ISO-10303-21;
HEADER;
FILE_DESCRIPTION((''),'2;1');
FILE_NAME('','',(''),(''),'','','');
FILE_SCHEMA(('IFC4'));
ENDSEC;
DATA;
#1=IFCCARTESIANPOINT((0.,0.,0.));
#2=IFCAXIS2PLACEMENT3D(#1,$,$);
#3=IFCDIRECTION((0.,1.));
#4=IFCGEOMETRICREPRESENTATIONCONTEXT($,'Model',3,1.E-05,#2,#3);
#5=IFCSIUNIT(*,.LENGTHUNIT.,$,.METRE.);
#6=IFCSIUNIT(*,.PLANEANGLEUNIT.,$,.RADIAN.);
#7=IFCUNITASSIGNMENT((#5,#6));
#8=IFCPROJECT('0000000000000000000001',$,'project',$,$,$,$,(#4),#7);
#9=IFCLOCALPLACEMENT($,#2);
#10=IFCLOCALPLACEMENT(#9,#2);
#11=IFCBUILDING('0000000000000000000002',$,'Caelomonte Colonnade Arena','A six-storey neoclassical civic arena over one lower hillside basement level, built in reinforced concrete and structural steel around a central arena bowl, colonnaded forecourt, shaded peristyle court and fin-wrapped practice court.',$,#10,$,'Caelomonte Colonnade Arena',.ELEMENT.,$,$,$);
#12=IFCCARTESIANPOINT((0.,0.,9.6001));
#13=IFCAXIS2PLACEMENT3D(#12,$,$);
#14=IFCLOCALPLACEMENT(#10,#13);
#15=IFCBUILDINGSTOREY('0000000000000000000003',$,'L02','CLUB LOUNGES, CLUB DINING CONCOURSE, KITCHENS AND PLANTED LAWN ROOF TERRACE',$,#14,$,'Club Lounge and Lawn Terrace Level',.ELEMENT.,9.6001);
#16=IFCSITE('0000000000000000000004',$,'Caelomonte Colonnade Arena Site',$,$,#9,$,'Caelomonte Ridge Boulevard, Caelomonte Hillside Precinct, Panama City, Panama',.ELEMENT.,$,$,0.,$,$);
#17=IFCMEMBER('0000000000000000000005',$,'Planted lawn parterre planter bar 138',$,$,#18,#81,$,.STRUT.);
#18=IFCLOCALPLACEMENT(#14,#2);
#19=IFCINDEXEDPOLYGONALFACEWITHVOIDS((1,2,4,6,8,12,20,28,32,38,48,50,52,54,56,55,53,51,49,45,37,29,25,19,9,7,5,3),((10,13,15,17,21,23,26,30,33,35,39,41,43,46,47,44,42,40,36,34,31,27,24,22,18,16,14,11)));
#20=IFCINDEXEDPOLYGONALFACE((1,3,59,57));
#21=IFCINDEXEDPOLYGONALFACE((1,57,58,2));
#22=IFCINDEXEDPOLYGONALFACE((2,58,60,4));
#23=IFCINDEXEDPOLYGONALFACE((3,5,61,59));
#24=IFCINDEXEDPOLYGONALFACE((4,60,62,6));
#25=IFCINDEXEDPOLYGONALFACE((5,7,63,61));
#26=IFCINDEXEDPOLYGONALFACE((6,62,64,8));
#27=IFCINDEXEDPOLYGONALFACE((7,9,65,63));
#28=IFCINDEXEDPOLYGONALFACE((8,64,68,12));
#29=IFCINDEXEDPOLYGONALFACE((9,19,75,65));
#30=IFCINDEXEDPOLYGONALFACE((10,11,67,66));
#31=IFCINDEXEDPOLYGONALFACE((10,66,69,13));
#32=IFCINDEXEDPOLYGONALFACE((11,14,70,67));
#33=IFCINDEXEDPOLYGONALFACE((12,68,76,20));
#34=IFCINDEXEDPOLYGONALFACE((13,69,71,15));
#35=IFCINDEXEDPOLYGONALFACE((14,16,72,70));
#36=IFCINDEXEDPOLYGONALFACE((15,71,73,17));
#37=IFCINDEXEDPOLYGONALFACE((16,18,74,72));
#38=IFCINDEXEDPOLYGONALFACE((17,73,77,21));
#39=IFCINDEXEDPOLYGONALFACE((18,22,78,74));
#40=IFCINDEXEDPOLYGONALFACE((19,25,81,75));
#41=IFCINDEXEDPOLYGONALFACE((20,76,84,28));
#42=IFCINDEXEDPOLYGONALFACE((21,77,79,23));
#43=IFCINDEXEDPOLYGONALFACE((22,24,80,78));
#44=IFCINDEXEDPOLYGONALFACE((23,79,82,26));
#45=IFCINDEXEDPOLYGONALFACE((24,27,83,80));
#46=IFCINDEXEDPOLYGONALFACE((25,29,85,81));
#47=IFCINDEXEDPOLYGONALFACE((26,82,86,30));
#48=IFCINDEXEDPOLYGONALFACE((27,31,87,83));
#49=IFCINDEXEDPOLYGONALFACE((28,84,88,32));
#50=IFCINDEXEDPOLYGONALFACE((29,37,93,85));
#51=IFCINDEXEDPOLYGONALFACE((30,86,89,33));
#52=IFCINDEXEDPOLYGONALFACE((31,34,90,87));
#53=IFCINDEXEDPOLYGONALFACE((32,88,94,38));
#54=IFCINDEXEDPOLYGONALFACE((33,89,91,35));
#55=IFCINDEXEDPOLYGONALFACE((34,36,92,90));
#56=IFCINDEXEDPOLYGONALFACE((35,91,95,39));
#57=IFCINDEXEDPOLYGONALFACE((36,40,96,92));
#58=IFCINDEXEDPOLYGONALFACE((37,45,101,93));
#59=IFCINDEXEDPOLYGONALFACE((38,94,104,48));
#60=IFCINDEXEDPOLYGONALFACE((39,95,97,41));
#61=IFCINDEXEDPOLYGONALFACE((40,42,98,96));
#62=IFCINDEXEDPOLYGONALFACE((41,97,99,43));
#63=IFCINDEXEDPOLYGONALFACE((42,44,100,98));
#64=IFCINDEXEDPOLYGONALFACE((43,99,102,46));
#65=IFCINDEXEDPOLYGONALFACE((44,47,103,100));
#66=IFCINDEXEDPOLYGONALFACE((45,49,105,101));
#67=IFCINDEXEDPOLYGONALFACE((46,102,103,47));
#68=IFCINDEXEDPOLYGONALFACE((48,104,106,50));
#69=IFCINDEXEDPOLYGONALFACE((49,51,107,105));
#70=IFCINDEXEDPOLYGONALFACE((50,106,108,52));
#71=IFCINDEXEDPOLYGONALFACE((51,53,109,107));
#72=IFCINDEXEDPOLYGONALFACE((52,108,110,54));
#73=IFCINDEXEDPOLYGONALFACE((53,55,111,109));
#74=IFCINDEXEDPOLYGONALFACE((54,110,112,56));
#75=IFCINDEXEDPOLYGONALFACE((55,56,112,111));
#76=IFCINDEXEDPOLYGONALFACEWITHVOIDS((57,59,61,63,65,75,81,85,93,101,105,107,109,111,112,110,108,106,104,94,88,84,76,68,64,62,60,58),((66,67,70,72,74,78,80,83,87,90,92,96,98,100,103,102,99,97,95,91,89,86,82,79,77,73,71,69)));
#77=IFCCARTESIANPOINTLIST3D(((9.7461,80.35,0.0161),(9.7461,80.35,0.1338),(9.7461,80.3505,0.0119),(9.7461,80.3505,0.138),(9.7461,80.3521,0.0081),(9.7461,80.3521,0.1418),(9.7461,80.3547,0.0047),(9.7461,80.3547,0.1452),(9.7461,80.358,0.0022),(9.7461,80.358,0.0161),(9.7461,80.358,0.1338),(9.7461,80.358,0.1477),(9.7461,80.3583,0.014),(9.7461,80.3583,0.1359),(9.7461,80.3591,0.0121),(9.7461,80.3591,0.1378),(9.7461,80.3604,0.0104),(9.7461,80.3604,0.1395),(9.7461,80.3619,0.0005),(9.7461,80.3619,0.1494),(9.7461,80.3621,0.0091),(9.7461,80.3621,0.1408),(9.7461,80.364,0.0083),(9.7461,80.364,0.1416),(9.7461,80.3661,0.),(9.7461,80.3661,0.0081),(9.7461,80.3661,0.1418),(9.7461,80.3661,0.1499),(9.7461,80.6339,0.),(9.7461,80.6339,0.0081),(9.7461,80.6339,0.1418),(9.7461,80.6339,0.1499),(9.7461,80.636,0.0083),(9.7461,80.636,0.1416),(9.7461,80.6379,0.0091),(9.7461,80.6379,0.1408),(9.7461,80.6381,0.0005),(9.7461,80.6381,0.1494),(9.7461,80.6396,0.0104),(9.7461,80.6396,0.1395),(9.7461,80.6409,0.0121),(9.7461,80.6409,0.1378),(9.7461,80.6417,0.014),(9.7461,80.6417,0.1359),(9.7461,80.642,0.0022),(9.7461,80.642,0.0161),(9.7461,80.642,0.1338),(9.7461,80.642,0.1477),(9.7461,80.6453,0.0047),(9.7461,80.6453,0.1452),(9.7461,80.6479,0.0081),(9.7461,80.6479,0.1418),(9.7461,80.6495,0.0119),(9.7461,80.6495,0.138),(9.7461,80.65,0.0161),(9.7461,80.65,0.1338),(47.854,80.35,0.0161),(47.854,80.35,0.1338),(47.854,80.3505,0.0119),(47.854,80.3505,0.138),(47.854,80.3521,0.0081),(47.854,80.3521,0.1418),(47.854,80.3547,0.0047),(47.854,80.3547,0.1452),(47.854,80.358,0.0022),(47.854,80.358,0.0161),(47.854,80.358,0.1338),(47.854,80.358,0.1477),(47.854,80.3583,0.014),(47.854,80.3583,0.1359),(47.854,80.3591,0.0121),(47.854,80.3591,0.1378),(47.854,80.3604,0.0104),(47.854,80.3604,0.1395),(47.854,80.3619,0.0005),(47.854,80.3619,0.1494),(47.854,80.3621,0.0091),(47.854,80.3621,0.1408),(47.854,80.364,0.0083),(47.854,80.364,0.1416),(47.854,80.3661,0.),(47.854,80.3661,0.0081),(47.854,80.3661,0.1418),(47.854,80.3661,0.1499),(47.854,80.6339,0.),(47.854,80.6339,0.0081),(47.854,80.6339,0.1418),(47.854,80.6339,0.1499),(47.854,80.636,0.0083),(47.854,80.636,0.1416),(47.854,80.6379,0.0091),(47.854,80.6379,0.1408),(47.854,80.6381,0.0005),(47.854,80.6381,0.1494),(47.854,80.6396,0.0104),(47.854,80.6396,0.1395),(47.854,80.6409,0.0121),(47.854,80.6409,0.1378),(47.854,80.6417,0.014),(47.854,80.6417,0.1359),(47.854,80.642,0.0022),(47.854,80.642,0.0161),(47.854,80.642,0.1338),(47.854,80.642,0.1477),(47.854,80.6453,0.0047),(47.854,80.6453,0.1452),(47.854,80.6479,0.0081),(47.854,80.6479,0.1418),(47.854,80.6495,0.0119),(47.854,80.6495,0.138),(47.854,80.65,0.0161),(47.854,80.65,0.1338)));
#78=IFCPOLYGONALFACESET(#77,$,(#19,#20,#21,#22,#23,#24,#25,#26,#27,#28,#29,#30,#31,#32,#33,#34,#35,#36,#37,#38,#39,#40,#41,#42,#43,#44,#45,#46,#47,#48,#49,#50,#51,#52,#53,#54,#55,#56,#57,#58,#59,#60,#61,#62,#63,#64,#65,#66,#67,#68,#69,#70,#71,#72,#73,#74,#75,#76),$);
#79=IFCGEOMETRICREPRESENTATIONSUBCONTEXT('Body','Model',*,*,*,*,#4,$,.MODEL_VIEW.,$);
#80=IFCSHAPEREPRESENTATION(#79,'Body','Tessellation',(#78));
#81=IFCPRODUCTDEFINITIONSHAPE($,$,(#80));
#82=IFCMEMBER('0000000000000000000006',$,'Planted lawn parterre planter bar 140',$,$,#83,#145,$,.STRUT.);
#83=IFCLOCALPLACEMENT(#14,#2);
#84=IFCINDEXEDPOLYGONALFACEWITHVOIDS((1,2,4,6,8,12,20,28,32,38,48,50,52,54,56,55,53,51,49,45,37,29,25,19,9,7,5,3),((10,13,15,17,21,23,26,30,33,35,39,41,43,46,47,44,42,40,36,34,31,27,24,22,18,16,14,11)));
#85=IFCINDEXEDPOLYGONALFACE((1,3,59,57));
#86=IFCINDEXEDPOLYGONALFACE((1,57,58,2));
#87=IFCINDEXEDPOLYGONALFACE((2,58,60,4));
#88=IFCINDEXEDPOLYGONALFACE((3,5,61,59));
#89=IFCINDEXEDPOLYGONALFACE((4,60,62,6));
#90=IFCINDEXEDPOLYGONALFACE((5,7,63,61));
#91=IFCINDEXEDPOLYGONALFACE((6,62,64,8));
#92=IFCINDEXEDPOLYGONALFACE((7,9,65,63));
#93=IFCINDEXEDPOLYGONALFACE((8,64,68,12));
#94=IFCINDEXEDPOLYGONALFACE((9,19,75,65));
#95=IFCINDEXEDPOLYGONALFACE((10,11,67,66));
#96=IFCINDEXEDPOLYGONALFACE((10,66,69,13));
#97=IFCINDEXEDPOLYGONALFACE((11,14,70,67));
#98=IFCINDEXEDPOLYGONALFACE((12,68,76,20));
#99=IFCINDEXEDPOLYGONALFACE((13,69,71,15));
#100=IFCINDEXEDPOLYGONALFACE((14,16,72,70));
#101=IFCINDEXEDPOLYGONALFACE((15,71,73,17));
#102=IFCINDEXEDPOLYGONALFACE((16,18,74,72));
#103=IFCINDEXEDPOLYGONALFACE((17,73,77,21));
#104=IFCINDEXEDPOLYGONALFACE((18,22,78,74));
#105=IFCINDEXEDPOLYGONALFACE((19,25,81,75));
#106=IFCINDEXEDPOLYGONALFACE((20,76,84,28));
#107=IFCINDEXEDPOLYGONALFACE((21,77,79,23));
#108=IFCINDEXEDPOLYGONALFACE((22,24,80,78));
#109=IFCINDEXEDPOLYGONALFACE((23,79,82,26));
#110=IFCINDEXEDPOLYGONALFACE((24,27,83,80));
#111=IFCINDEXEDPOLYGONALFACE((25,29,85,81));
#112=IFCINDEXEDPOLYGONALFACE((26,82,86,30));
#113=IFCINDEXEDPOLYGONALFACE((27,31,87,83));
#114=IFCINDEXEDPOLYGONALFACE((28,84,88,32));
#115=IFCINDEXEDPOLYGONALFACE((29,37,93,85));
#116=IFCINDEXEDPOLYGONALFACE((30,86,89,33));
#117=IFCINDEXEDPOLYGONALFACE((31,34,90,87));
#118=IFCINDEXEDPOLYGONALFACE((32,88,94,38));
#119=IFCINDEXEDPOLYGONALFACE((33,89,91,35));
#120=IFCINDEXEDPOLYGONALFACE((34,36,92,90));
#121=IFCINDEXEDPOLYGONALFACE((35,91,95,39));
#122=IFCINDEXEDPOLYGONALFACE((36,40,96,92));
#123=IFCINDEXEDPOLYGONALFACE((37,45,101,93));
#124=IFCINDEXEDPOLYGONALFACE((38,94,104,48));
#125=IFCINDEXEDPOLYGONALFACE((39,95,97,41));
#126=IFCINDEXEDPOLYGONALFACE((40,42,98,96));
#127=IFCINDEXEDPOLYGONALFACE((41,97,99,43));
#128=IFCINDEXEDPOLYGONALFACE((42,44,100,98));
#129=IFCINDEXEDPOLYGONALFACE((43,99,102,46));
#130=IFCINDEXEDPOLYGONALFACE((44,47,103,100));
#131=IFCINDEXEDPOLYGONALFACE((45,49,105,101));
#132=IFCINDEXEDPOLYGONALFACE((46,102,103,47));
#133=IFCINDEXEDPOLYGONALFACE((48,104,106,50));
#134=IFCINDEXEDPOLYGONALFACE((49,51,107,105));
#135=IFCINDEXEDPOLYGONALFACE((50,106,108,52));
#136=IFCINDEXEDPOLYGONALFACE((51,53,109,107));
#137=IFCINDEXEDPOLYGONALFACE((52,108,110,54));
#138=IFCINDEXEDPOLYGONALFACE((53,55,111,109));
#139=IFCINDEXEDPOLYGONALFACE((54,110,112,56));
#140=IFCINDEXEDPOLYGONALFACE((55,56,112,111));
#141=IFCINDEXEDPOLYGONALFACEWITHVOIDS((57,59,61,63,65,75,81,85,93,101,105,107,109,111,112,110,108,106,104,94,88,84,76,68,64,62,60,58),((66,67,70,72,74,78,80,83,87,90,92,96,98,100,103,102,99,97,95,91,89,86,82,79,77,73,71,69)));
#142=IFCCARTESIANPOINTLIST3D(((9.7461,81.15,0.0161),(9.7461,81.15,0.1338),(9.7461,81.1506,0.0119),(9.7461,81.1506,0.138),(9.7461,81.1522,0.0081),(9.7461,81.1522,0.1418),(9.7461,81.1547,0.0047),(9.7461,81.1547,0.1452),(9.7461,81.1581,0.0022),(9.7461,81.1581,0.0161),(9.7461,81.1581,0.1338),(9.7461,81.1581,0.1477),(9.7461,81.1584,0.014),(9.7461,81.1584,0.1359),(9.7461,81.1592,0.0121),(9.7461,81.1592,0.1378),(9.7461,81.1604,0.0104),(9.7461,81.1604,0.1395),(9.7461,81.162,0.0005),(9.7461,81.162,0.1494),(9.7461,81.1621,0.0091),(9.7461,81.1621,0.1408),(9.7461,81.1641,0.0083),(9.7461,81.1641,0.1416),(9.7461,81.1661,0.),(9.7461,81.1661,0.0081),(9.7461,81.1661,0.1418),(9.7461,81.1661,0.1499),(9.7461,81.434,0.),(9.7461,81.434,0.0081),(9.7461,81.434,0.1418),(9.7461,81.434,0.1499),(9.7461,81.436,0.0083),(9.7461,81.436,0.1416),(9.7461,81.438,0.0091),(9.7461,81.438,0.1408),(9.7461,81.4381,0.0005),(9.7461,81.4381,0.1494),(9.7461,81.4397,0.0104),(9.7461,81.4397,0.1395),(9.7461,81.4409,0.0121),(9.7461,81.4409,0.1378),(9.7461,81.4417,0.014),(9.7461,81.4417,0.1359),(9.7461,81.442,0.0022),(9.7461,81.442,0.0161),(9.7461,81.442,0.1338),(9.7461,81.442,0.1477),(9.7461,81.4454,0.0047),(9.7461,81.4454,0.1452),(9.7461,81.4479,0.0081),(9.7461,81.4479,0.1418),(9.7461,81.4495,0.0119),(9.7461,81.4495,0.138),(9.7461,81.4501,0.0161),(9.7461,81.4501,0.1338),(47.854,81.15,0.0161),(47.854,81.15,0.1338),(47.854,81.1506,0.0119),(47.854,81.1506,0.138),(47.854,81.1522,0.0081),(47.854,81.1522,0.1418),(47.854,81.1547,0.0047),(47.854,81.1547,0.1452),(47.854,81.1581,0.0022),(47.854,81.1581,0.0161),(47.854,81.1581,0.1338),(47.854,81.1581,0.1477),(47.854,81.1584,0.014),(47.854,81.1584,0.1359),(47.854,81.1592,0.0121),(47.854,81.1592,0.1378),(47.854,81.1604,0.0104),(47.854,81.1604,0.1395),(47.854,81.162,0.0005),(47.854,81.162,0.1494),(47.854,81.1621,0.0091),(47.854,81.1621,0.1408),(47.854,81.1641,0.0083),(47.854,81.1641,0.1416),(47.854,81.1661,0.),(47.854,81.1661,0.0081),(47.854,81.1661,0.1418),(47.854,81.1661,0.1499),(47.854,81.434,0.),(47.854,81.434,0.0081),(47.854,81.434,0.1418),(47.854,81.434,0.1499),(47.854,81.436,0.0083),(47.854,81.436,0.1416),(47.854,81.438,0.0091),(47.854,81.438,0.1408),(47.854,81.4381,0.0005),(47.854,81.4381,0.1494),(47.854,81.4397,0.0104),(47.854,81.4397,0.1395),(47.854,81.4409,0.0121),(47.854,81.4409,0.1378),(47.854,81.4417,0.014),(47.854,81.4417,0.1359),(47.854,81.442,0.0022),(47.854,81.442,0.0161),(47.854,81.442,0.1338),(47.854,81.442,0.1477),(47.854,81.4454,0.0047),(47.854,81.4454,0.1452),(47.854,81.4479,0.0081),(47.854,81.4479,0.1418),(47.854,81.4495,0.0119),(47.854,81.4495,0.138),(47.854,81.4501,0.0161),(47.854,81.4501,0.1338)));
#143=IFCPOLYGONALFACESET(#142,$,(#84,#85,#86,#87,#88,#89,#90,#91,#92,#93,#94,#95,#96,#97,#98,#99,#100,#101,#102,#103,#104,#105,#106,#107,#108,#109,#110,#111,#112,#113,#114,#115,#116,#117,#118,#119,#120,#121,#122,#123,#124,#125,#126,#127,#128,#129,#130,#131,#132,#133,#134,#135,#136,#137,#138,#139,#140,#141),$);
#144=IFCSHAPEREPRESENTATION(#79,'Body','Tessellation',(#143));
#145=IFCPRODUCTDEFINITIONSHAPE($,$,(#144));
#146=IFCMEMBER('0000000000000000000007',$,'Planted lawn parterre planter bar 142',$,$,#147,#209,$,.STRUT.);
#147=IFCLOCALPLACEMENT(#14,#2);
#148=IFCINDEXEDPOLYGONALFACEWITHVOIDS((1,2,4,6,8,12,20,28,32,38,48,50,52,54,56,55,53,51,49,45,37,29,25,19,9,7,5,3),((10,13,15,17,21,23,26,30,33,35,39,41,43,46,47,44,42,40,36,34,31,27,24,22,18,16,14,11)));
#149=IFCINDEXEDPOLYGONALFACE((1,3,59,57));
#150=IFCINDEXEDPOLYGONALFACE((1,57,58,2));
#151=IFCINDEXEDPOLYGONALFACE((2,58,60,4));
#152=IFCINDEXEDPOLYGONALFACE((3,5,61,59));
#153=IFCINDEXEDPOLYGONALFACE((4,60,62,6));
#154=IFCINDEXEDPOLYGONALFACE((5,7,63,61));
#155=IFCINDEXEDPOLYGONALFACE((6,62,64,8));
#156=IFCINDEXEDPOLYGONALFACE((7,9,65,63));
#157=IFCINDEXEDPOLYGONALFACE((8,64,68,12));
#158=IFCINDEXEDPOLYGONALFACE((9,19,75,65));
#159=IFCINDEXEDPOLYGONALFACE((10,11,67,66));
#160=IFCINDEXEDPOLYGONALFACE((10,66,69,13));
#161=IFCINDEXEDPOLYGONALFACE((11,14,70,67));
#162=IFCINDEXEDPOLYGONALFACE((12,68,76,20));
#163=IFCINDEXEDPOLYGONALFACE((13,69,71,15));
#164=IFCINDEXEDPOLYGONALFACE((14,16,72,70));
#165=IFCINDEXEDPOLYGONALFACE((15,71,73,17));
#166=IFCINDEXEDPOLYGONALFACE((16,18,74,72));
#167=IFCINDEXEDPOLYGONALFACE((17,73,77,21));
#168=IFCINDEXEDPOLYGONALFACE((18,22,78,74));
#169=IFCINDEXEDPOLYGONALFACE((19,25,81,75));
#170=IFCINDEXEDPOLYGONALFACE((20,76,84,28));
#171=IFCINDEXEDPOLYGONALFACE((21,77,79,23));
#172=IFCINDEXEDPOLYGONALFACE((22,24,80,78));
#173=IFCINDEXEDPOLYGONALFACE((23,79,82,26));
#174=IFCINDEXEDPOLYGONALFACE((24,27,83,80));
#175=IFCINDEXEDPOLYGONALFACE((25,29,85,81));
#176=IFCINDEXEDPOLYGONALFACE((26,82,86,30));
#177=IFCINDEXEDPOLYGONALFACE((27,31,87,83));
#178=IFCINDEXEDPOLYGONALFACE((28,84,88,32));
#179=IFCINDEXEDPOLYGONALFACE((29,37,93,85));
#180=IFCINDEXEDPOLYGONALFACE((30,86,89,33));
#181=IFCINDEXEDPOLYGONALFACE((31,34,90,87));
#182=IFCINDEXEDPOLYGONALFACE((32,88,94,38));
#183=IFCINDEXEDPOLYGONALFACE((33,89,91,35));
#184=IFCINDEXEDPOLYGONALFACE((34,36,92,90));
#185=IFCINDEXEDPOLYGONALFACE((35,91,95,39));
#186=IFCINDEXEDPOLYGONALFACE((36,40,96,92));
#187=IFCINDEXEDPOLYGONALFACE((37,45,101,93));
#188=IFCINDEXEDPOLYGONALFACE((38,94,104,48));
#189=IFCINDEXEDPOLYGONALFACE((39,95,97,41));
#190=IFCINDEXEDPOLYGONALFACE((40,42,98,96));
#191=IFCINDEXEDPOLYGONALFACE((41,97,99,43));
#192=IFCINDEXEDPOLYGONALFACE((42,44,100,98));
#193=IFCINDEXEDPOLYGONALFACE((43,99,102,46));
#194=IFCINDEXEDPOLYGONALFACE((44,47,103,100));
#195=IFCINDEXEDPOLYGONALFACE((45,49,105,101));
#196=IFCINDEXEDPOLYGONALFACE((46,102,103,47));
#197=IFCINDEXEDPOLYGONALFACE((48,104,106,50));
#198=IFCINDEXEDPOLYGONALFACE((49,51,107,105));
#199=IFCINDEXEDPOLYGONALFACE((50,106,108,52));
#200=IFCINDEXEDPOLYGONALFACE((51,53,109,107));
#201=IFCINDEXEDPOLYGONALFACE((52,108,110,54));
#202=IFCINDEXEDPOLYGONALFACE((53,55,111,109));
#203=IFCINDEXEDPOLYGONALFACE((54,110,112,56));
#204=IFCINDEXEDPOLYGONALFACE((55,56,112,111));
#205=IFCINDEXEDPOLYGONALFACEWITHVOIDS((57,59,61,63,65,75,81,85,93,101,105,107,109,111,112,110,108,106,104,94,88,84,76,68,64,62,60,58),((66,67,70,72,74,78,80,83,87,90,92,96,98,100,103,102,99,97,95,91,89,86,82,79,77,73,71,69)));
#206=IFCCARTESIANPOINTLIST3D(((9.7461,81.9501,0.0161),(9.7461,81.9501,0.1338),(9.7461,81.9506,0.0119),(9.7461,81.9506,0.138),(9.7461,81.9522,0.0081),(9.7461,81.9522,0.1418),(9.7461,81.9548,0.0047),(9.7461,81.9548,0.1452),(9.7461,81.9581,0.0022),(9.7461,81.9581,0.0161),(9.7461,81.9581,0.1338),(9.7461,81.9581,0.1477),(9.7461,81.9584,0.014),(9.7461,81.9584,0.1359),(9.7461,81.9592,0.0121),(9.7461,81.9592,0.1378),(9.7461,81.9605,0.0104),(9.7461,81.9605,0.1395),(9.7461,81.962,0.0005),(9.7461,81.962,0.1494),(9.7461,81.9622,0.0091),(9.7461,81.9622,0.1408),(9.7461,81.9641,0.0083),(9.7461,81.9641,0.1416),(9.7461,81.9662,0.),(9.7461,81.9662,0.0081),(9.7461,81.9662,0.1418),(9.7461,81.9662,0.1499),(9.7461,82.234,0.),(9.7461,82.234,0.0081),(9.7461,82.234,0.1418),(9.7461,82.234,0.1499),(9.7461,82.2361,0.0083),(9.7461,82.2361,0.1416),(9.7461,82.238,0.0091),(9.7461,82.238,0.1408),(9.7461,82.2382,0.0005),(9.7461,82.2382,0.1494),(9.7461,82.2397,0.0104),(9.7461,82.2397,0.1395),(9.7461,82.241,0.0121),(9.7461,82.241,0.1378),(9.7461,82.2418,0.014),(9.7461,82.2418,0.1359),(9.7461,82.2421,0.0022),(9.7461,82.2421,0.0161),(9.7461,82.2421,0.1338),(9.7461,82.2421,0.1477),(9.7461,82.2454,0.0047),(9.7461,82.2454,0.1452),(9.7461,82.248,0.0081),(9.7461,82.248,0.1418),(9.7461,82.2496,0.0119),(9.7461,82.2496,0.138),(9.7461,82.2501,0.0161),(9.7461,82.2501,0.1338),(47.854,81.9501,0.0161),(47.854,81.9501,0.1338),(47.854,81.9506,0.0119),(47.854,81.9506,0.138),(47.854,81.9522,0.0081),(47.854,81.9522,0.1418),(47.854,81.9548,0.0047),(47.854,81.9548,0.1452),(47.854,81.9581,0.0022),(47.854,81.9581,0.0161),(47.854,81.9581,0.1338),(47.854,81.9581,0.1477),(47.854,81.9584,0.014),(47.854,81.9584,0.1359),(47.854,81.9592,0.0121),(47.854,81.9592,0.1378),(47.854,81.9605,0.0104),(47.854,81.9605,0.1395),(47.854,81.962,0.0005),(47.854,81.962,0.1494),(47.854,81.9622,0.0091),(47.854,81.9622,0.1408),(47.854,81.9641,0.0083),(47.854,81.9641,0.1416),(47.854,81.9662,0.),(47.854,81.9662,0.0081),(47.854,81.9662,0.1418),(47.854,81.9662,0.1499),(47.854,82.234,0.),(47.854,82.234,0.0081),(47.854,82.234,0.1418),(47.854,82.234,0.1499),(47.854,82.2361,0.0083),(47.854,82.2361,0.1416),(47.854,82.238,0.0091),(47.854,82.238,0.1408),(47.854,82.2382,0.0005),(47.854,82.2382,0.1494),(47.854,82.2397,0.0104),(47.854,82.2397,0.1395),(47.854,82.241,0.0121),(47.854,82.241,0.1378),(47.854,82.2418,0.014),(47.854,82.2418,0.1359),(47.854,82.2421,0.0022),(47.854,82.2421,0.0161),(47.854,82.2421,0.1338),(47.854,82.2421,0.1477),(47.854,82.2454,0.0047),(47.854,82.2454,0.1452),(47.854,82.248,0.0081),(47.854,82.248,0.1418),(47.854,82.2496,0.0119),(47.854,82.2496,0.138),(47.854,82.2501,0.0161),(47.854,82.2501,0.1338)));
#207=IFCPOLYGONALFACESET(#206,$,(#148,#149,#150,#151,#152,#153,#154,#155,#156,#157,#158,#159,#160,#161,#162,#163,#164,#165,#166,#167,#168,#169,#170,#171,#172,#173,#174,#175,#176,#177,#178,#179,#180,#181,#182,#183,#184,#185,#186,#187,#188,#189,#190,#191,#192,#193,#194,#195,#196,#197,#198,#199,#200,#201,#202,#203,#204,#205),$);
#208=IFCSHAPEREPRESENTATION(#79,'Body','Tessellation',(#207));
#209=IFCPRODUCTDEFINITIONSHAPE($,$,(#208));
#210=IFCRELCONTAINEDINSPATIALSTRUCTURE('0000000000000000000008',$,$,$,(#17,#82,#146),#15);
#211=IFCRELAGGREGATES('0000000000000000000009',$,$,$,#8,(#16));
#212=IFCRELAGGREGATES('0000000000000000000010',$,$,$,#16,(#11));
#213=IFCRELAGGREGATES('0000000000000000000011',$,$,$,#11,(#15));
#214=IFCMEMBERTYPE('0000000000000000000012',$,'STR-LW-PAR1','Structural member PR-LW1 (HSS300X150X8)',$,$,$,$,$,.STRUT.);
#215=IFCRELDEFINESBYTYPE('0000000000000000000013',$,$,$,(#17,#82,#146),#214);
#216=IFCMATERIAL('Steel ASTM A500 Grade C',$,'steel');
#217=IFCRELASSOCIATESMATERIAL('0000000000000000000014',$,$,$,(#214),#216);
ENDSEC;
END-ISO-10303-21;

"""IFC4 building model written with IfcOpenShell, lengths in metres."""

from ifc_helpers import new_model, si_unit, direction, frame, origin, origin_2d, place, context, subcontext, project, spatial, hollow_rectangle, extrude, material, material_profile, profile_set, type_object, element, save


model = new_model("IFC4")

# Units and contexts
model_context = context("Model", 3, precision=1e-05, world=origin(), true_north=direction((0.0, 1.0)))
body_context = subcontext(model_context, "Body", "Model", "MODEL_VIEW")
ifc_project = project(units=[si_unit("LENGTHUNIT", "METRE"), si_unit("PLANEANGLEUNIT", "RADIAN")], contexts=[model_context])

# Site, building, storey
site_placement = place(None, origin())
site = spatial("IfcSite", under=ifc_project, at=site_placement, Name="Caelomonte Colonnade Arena Site", LongName="Caelomonte Ridge Boulevard, Caelomonte Hillside Precinct, Panama City, Panama", CompositionType="ELEMENT", RefElevation=0.0)
building_placement = place(site_placement, origin())
building = spatial("IfcBuilding", under=site, at=building_placement, Name="Caelomonte Colonnade Arena", Description="A six-storey neoclassical civic arena over one lower hillside basement level, built in reinforced concrete and structural steel around a central arena bowl, colonnaded forecourt, shaded peristyle court and fin-wrapped practice court.", LongName="Caelomonte Colonnade Arena", CompositionType="ELEMENT")
storey_placement = place(building_placement, frame((0.0, 0.0, 9.6001)))
storey = spatial("IfcBuildingStorey", under=building, at=storey_placement, Name="L02", Description="CLUB LOUNGES, CLUB DINING CONCOURSE, KITCHENS AND PLANTED LAWN ROOF TERRACE", LongName="Club Lounge and Lawn Terrace Level", CompositionType="ELEMENT", Elevation=9.6001)

# Members
ifc_material_1 = material(Name="Steel ASTM A500 Grade C", Category="steel")
ifc_material_profile_1 = material_profile(ifc_material_1, hollow_rectangle(XDim=0.3, YDim=0.1499, WallThickness=0.0081, InnerFilletRadius=0.0081, OuterFilletRadius=0.0161, at=origin_2d()), Name="HSS300X150X8")
ifc_profile_set_1 = profile_set([ifc_material_profile_1], Name="Steel ASTM A500 Grade C")
member_type = type_object("IfcMemberType", Name="STR-LW-PAR1", Description="Structural member PR-LW1 (HSS300X150X8)", PredefinedType="STRUT", material=ifc_profile_set_1)
for number, where, z_axis, x_axis, name in (
    (1, (9.7461, 80.5, 0.075), (1.0, 0.0, 0.0), (0.0, 1.0, 0.0), "Planted lawn parterre planter bar 138"),
    (2, (9.7461, 81.3, 0.075), (1.0, 0.0, 0.0), (0.0, 1.0, 0.0), "Planted lawn parterre planter bar 140"),
    (3, (9.7461, 82.1001, 0.075), (1.0, 0.0, 0.0), (0.0, 1.0, 0.0), "Planted lawn parterre planter bar 142"),
):
    element("IfcMember", number, at=place(storey_placement, frame(where, z_axis=z_axis, x_axis=x_axis)), inside=storey, type_object=member_type, Name=name, PredefinedType="STRUT", context=body_context, shape_type="SweptSolid", body=[
        extrude(hollow_rectangle(XDim=0.3, YDim=0.1499, WallThickness=0.0081, InnerFilletRadius=0.0081, OuterFilletRadius=0.0161, at=origin_2d()), origin(), (0.0, 0.0, 1.0), 38.1079),
    ])

save(model, "model.ifc")
